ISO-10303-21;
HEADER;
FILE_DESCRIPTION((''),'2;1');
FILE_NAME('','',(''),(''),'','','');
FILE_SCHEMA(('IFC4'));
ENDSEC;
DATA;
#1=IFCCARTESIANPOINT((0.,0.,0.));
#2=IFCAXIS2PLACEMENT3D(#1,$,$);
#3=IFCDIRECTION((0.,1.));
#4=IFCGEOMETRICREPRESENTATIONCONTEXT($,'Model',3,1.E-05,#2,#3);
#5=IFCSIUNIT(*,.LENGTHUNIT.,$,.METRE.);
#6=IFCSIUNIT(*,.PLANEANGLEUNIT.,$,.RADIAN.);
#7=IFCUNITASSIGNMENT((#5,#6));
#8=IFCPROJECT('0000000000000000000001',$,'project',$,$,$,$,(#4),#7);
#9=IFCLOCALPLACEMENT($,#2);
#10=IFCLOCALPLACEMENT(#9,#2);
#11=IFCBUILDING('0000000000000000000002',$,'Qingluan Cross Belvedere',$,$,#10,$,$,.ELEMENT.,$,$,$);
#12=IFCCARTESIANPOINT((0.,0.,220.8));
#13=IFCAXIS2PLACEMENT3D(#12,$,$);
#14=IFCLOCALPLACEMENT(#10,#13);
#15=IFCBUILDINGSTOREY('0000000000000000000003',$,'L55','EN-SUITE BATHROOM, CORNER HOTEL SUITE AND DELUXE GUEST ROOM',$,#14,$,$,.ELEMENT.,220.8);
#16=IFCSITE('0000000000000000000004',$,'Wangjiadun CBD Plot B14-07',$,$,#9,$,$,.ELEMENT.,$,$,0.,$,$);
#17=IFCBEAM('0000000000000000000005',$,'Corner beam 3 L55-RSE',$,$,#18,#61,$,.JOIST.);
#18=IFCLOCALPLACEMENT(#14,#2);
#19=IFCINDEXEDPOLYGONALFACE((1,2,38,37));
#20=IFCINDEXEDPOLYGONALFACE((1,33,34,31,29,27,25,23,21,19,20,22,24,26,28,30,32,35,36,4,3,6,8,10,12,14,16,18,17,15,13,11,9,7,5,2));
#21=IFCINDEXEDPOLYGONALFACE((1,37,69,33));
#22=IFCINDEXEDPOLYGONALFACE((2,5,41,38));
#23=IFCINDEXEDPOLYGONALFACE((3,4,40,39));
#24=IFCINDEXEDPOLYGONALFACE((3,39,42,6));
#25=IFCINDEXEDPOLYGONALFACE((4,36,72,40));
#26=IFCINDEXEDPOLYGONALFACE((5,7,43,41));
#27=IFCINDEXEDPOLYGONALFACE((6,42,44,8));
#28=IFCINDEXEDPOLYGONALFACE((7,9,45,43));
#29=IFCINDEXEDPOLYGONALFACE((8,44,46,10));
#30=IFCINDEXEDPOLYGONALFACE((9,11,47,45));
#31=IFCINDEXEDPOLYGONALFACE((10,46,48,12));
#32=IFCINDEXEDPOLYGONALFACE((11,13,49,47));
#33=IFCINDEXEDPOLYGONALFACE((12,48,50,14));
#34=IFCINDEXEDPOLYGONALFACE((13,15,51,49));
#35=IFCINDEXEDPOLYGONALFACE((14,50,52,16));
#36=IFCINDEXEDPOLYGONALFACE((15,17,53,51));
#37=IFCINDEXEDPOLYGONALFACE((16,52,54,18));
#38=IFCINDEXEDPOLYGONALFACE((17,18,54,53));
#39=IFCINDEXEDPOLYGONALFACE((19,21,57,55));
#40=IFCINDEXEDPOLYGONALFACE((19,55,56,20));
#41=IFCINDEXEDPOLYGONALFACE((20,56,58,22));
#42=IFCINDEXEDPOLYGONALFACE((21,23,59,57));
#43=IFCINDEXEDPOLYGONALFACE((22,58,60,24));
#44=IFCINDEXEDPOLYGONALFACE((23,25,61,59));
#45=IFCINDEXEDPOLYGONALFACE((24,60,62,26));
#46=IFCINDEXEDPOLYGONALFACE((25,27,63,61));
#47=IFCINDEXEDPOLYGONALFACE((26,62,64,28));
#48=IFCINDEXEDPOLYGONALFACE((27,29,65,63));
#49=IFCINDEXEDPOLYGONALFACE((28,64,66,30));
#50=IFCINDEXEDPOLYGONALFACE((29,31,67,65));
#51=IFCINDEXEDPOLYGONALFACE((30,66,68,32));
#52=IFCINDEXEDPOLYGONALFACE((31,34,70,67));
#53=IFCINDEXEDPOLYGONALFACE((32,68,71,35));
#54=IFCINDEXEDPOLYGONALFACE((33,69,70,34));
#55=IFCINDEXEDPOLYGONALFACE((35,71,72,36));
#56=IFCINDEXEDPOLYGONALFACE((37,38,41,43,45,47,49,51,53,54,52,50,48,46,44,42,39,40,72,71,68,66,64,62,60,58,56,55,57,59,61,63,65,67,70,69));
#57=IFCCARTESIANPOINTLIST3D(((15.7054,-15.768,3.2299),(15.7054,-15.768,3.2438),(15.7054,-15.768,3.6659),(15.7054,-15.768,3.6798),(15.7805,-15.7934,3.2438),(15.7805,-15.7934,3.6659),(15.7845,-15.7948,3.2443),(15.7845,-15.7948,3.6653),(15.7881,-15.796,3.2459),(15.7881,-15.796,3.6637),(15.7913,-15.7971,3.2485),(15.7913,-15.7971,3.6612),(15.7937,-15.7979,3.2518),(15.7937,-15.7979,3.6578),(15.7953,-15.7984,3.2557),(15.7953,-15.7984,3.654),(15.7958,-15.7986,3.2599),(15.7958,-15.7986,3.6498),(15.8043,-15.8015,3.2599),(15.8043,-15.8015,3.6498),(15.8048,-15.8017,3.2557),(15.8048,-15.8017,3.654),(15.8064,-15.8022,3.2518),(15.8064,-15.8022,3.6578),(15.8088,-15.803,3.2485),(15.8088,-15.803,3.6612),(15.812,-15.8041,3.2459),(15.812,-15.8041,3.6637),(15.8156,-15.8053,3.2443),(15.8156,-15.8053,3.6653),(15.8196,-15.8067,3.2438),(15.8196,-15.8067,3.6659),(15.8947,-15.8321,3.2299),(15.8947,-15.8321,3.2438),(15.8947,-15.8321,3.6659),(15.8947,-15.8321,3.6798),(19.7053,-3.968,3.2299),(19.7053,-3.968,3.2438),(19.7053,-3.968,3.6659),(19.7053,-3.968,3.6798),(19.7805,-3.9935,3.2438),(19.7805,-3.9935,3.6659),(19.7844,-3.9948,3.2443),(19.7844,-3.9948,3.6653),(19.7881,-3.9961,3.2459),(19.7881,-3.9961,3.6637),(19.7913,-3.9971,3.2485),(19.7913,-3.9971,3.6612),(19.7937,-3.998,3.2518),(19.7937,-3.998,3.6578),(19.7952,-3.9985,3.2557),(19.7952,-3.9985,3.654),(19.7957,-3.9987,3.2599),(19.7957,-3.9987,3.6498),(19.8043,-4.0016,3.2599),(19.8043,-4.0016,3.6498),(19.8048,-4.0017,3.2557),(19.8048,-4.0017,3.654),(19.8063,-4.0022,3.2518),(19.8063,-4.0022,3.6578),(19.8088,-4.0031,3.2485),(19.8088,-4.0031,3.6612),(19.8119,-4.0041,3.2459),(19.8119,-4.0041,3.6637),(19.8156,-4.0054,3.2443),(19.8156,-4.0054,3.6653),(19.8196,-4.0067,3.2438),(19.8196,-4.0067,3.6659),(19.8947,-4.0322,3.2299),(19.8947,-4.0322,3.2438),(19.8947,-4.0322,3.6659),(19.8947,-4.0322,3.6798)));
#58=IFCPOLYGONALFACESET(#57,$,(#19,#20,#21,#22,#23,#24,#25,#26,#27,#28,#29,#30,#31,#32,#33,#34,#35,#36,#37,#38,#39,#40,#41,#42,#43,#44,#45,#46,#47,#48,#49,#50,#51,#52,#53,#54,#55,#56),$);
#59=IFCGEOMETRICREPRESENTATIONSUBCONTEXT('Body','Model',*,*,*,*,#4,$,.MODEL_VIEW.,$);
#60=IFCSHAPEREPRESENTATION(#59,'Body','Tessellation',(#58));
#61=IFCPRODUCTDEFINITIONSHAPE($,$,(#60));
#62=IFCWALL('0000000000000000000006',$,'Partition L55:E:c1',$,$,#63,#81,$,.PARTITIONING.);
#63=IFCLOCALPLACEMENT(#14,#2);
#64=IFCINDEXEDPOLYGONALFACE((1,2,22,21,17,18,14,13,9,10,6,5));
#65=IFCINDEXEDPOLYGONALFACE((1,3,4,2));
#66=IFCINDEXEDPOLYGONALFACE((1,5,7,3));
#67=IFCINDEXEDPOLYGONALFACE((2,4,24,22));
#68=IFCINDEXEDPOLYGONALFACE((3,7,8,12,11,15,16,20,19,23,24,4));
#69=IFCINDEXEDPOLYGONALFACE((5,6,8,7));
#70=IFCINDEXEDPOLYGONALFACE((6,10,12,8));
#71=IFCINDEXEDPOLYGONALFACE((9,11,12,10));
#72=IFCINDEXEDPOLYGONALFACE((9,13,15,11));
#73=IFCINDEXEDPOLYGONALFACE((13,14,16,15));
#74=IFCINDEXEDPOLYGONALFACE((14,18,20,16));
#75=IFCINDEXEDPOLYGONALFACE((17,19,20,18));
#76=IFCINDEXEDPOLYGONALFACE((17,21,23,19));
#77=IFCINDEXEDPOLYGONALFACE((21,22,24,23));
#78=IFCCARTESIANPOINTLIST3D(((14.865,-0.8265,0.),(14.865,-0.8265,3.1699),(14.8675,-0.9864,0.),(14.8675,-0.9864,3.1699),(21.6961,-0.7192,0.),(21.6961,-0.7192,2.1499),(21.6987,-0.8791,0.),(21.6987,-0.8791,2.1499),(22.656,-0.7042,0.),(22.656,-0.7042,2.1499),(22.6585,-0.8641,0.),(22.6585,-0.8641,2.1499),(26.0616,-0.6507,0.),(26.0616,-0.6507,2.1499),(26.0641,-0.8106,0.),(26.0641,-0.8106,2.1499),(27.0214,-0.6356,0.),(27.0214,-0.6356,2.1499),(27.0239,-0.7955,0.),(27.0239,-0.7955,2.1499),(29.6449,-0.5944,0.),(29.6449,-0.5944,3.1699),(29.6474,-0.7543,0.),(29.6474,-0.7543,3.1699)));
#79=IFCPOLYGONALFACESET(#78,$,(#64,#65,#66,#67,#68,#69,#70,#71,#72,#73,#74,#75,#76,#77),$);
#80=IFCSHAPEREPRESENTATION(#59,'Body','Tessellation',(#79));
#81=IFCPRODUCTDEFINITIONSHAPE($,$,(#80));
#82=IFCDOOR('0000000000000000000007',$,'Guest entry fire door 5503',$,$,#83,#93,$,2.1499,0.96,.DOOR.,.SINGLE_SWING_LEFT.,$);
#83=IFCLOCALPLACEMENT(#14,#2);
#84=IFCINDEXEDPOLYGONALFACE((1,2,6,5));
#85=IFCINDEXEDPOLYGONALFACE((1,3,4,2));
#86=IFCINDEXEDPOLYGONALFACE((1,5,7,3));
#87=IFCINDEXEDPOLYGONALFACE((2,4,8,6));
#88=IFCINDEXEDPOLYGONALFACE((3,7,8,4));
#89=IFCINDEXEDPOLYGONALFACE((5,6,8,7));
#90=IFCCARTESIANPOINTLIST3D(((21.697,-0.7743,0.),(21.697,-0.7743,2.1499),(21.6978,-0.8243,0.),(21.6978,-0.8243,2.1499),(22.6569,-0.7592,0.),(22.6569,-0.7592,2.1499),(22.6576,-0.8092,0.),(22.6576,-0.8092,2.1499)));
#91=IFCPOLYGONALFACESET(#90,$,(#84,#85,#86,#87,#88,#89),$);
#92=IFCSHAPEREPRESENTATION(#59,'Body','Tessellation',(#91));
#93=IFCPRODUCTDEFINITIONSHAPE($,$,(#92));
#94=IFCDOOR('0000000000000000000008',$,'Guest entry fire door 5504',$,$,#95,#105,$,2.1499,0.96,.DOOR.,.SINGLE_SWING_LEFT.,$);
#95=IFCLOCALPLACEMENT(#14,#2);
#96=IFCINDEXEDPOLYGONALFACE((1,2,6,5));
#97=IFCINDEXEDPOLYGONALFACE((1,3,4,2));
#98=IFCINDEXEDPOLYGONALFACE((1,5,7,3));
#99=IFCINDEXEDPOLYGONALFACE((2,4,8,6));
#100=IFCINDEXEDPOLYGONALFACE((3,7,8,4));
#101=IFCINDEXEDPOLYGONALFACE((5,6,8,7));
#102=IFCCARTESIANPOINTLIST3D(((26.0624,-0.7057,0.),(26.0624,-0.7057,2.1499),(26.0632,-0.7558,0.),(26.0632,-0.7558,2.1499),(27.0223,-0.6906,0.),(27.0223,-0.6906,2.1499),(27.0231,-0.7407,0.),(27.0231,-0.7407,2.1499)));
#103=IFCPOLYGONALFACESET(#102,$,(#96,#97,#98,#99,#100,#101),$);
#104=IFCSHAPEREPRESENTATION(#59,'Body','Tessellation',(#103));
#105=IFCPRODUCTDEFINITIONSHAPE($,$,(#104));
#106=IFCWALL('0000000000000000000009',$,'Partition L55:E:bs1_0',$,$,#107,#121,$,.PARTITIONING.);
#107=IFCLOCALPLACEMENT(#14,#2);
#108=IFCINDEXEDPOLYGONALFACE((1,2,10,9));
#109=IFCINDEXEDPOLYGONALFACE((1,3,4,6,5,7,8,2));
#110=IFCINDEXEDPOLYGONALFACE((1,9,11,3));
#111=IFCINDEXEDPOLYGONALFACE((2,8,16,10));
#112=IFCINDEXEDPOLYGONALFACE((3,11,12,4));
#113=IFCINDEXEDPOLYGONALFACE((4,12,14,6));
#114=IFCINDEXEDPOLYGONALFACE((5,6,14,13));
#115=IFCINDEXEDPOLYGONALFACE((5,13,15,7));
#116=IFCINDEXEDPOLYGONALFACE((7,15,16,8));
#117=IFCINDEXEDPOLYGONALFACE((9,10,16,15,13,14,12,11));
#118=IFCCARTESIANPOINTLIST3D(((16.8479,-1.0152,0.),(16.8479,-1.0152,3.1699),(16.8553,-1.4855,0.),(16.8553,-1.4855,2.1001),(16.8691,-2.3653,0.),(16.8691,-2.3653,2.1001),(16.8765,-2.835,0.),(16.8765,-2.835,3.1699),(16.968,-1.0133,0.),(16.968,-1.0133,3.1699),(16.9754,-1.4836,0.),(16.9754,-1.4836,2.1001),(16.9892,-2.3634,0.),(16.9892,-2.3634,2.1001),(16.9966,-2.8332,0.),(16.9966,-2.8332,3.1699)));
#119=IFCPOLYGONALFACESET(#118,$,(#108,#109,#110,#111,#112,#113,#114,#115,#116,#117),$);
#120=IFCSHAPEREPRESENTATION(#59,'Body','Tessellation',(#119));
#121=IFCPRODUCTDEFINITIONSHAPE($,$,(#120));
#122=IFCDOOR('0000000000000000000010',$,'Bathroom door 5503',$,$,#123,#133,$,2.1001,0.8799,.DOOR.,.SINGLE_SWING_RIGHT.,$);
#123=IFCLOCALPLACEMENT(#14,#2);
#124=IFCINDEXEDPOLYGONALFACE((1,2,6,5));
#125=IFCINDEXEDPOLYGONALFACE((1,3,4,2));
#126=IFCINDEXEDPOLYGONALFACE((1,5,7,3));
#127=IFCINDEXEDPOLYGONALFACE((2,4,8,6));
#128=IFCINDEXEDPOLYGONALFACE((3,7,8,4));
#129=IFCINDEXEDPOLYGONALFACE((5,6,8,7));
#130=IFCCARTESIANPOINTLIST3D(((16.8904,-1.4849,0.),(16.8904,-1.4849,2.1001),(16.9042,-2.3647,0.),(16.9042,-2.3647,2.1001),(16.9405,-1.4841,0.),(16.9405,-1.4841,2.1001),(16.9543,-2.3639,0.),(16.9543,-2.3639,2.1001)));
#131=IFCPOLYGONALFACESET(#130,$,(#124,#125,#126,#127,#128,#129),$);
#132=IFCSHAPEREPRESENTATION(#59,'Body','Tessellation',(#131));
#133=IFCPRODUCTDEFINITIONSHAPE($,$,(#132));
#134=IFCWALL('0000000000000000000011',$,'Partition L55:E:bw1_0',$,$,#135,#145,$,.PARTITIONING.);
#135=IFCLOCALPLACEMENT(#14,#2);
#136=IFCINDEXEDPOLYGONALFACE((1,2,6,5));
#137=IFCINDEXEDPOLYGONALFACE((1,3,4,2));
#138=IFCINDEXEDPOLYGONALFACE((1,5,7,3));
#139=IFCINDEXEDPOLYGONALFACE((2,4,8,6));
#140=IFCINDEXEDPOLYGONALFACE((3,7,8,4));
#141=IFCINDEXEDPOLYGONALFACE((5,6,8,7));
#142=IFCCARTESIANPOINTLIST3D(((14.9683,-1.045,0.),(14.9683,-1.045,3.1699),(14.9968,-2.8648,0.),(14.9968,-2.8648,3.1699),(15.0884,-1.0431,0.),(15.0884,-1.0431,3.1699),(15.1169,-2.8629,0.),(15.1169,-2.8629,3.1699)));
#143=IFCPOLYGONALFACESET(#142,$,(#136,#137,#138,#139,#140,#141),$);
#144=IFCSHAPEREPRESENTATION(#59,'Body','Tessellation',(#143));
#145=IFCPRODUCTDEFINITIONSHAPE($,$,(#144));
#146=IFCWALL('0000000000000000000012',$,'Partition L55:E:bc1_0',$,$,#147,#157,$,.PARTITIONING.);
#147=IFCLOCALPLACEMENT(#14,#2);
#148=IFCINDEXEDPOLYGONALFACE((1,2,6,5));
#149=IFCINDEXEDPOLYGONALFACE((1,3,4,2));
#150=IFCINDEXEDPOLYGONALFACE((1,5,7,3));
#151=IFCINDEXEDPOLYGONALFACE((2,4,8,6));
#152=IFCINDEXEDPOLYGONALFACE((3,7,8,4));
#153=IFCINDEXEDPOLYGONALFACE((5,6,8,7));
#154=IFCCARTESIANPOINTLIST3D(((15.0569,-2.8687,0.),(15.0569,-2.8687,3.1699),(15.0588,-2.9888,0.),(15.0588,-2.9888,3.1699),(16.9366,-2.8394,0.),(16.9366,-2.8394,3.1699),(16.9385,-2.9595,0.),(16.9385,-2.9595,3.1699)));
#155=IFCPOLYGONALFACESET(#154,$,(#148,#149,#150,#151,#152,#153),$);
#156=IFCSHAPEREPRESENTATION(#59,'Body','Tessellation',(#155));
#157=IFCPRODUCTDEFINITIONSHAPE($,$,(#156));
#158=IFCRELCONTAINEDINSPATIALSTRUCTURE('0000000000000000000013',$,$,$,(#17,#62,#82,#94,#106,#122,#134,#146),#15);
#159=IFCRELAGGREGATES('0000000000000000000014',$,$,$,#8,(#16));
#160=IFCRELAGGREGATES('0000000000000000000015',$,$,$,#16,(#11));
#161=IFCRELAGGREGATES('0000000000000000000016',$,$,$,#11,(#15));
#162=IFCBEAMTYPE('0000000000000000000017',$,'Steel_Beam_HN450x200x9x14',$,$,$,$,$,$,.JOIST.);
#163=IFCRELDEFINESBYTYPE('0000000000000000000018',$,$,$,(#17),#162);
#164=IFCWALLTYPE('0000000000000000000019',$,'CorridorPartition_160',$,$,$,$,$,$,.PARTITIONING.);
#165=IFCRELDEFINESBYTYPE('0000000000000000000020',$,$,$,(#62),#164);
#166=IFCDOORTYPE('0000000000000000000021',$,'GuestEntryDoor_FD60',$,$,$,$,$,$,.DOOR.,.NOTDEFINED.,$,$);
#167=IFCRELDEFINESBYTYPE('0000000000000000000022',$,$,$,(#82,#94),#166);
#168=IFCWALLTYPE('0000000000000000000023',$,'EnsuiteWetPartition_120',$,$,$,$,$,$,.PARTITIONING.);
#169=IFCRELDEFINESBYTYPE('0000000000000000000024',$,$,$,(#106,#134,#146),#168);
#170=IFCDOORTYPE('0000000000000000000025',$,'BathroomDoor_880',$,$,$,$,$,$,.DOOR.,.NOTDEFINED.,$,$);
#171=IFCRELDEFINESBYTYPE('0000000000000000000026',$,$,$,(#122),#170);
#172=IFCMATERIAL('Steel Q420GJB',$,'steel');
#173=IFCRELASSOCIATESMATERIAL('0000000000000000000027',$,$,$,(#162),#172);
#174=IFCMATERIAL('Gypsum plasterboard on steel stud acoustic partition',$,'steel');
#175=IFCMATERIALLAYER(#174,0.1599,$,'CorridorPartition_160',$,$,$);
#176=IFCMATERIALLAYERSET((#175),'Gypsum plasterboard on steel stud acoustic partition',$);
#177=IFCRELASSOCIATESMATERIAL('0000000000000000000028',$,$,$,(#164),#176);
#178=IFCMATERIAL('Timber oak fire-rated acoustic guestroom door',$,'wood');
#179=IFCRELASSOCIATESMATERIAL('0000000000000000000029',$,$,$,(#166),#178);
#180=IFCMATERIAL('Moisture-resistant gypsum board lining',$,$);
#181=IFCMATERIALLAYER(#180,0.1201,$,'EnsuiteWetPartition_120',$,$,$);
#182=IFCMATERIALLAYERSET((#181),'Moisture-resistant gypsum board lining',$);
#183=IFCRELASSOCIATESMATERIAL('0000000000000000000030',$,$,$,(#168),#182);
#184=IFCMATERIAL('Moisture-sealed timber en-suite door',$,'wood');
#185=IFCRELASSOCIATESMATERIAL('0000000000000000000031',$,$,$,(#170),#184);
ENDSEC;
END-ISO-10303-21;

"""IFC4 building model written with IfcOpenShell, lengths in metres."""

from ifc_helpers import new_model, si_unit, direction, frame, frame_2d, origin, origin_2d, place, context, subcontext, project, spatial, rectangle, i_section, extrude, material, layer, layer_set, material_profile, profile_set, type_object, element, fill, save


model = new_model("IFC4")

# Units and contexts
model_context = context("Model", 3, precision=1e-05, world=origin(), true_north=direction((0.0, 1.0)))
body_context = subcontext(model_context, "Body", "Model", "MODEL_VIEW")
ifc_project = project(units=[si_unit("LENGTHUNIT", "METRE"), si_unit("PLANEANGLEUNIT", "RADIAN")], contexts=[model_context])

# Site, building, storey
site_placement = place(None, origin())
site = spatial("IfcSite", under=ifc_project, at=site_placement, Name="Wangjiadun CBD Plot B14-07", CompositionType="ELEMENT", RefElevation=0.0)
building_placement = place(site_placement, origin())
building = spatial("IfcBuilding", under=site, at=building_placement, Name="Qingluan Cross Belvedere", CompositionType="ELEMENT")
storey_placement = place(building_placement, frame((0.0, 0.0, 220.8)))
storey = spatial("IfcBuildingStorey", under=building, at=storey_placement, Name="L55", Description="EN-SUITE BATHROOM, CORNER HOTEL SUITE AND DELUXE GUEST ROOM", CompositionType="ELEMENT", Elevation=220.8)

# Beam
ifc_material_1 = material(Name="Steel Q420GJB", Category="steel")
ifc_material_profile_1 = material_profile(ifc_material_1, i_section(OverallWidth=0.2, OverallDepth=0.45, WebThickness=0.009, FlangeThickness=0.0139, FilletRadius=0.0161, at=origin_2d()), Name="HN450x200x9x14")
ifc_profile_set_1 = profile_set([ifc_material_profile_1], Name="Steel Q420GJB")
beam_type_1 = type_object("IfcBeamType", Name="Steel_Beam_HN450x200x9x14", PredefinedType="JOIST", material=ifc_profile_set_1)
for number, where, z_axis, x_axis, name in (
    (1, (15.8, -15.8, 3.4548), (0.321038, 0.947066, 0.0), (-0.947066, 0.321038, 0.0), "Corner beam 3 L55-RSE"),
):
    element("IfcBeam", number, at=place(storey_placement, frame(where, z_axis=z_axis, x_axis=x_axis)), inside=storey, type_object=beam_type_1, Name=name, PredefinedType="JOIST", context=body_context, shape_type="SweptSolid", body=[
        extrude(i_section(OverallWidth=0.2, OverallDepth=0.45, WebThickness=0.009, FlangeThickness=0.0139, FilletRadius=0.0161, at=origin_2d()), origin(), (0.0, 0.0, 1.0), 12.4595),
    ])

# Wall, openings, doors
ifc_material_2 = material(Name="Gypsum plasterboard on steel stud acoustic partition", Category="steel")
ifc_layer_1 = layer(ifc_material_2, 0.1599, Name="CorridorPartition_160")
ifc_layer_set_1 = layer_set([ifc_layer_1], Name="Gypsum plasterboard on steel stud acoustic partition")
wall_type_1 = type_object("IfcWallType", Name="CorridorPartition_160", PredefinedType="PARTITIONING", material=ifc_layer_set_1)
wall_1_placement = place(storey_placement, frame((14.8662, -0.9065, 0.0), z_axis=(0.0, 0.0, 1.0), x_axis=(0.999877, 0.015707, 0.0)))
wall_1 = element("IfcWall", 2, at=wall_1_placement, inside=storey, type_object=wall_type_1, Name="Partition L55:E:c1", PredefinedType="PARTITIONING", context=body_context, shape_type="SweptSolid", body=[
    extrude(rectangle(XDim=14.7817, YDim=0.1599, at=frame_2d((7.3909, 0.0))), origin(), (0.0, 0.0, 1.0), 3.1699),
])
opening_1_placement = place(wall_1_placement, frame((6.832, 0.0, 0.0)))
opening_1 = element("IfcOpeningElement", 3, at=opening_1_placement, cuts=wall_1, PredefinedType="OPENING", context=body_context, shape_type="SweptSolid", body=[
    extrude(rectangle(XDim=0.96, YDim=2.1499, at=frame_2d((0.48, 1.075))), frame((0.0, 0.0898, 0.0), z_axis=(0.0, -1.0, 0.0), x_axis=(1.0, 0.0, 0.0)), (0.0, 0.0, 1.0), 0.1799),
])
opening_2_placement = place(wall_1_placement, frame((11.198, 0.0, 0.0)))
opening_2 = element("IfcOpeningElement", 4, at=opening_2_placement, cuts=wall_1, PredefinedType="OPENING", context=body_context, shape_type="SweptSolid", body=[
    extrude(rectangle(XDim=0.96, YDim=2.1499, at=frame_2d((0.48, 1.075))), frame((0.0, 0.0898, 0.0), z_axis=(0.0, -1.0, 0.0), x_axis=(1.0, 0.0, 0.0)), (0.0, 0.0, 1.0), 0.1799),
])
ifc_material_3 = material(Name="Timber oak fire-rated acoustic guestroom door", Category="wood")
door_type_1 = type_object("IfcDoorType", Name="GuestEntryDoor_FD60", OperationType="NOTDEFINED", PredefinedType="DOOR", material=ifc_material_3)
door_1_placement = place(opening_1_placement, origin())
door_1 = element("IfcDoor", 5, at=door_1_placement, inside=storey, type_object=door_type_1, Name="Guest entry fire door 5503", OperationType="SINGLE_SWING_LEFT", OverallHeight=2.1499, OverallWidth=0.96, PredefinedType="DOOR", context=body_context, shape_type="SweptSolid", body=[
    extrude(rectangle(XDim=0.96, YDim=2.1499, at=frame_2d((0.48, 1.075))), frame((0.0, 0.0249, 0.0), z_axis=(0.0, -1.0, 0.0), x_axis=(1.0, 0.0, 0.0)), (0.0, 0.0, 1.0), 0.05),
])
fill(opening_1, door_1)
door_2_placement = place(opening_2_placement, origin())
door_2 = element("IfcDoor", 6, at=door_2_placement, inside=storey, type_object=door_type_1, Name="Guest entry fire door 5504", OperationType="SINGLE_SWING_LEFT", OverallHeight=2.1499, OverallWidth=0.96, PredefinedType="DOOR", context=body_context, shape_type="SweptSolid", body=[
    extrude(rectangle(XDim=0.96, YDim=2.1499, at=frame_2d((0.48, 1.075))), frame((0.0, 0.0249, 0.0), z_axis=(0.0, -1.0, 0.0), x_axis=(1.0, 0.0, 0.0)), (0.0, 0.0, 1.0), 0.05),
])
fill(opening_2, door_2)

# Wall, opening, door
ifc_material_4 = material(Name="Moisture-resistant gypsum board lining")
ifc_layer_2 = layer(ifc_material_4, 0.1201, Name="EnsuiteWetPartition_120")
ifc_layer_set_2 = layer_set([ifc_layer_2], Name="Moisture-resistant gypsum board lining")
wall_type_2 = type_object("IfcWallType", Name="EnsuiteWetPartition_120", PredefinedType="PARTITIONING", material=ifc_layer_set_2)
wall_2_placement = place(storey_placement, frame((16.9365, -2.8342, 0.0), z_axis=(0.0, 0.0, 1.0), x_axis=(-0.015694, 0.999877, 0.0)))
wall_2 = element("IfcWall", 7, at=wall_2_placement, inside=storey, type_object=wall_type_2, Name="Partition L55:E:bs1_0", PredefinedType="PARTITIONING", context=body_context, shape_type="SweptSolid", body=[
    extrude(rectangle(XDim=1.8201, YDim=0.1201, at=frame_2d((0.9102, 0.0))), origin(), (0.0, 0.0, 1.0), 3.1699),
])
opening_3_placement = place(wall_2_placement, frame((0.47, 0.0, 0.0)))
opening_3 = element("IfcOpeningElement", 8, at=opening_3_placement, cuts=wall_2, PredefinedType="OPENING", context=body_context, shape_type="SweptSolid", body=[
    extrude(rectangle(XDim=0.8799, YDim=2.1001, at=frame_2d((0.4399, 1.05))), frame((0.0, 0.0701, 0.0), z_axis=(0.0, -1.0, 0.0), x_axis=(1.0, 0.0, 0.0)), (0.0, 0.0, 1.0), 0.1401),
])
ifc_material_5 = material(Name="Moisture-sealed timber en-suite door", Category="wood")
door_type_2 = type_object("IfcDoorType", Name="BathroomDoor_880", OperationType="NOTDEFINED", PredefinedType="DOOR", material=ifc_material_5)
door_3_placement = place(opening_3_placement, origin())
door_3 = element("IfcDoor", 9, at=door_3_placement, inside=storey, type_object=door_type_2, Name="Bathroom door 5503", OperationType="SINGLE_SWING_RIGHT", OverallHeight=2.1001, OverallWidth=0.8799, PredefinedType="DOOR", context=body_context, shape_type="SweptSolid", body=[
    extrude(rectangle(XDim=0.8799, YDim=2.1001, at=frame_2d((0.4399, 1.05))), frame((0.0, 0.0249, 0.0), z_axis=(0.0, -1.0, 0.0), x_axis=(1.0, 0.0, 0.0)), (0.0, 0.0, 1.0), 0.05),
])
fill(opening_3, door_3)

# Walls
wall_3_placement = place(storey_placement, frame((15.0569, -2.864, 0.0), z_axis=(0.0, 0.0, 1.0), x_axis=(-0.015694, 0.999877, 0.0)))
element("IfcWall", 10, at=wall_3_placement, inside=storey, type_object=wall_type_2, Name="Partition L55:E:bw1_0", PredefinedType="PARTITIONING", context=body_context, shape_type="SweptSolid", body=[
    extrude(rectangle(XDim=1.8201, YDim=0.1201, at=frame_2d((0.9102, 0.0))), origin(), (0.0, 0.0, 1.0), 3.1699),
])
wall_4_placement = place(storey_placement, frame((15.0579, -2.9287, 0.0), z_axis=(0.0, 0.0, 1.0), x_axis=(0.999879, 0.015585, 0.0)))
element("IfcWall", 11, at=wall_4_placement, inside=storey, type_object=wall_type_2, Name="Partition L55:E:bc1_0", PredefinedType="PARTITIONING", context=body_context, shape_type="SweptSolid", body=[
    extrude(rectangle(XDim=1.8799, YDim=0.1201, at=frame_2d((0.9399, 0.0))), origin(), (0.0, 0.0, 1.0), 3.1699),
])

save(model, "model.ifc")
